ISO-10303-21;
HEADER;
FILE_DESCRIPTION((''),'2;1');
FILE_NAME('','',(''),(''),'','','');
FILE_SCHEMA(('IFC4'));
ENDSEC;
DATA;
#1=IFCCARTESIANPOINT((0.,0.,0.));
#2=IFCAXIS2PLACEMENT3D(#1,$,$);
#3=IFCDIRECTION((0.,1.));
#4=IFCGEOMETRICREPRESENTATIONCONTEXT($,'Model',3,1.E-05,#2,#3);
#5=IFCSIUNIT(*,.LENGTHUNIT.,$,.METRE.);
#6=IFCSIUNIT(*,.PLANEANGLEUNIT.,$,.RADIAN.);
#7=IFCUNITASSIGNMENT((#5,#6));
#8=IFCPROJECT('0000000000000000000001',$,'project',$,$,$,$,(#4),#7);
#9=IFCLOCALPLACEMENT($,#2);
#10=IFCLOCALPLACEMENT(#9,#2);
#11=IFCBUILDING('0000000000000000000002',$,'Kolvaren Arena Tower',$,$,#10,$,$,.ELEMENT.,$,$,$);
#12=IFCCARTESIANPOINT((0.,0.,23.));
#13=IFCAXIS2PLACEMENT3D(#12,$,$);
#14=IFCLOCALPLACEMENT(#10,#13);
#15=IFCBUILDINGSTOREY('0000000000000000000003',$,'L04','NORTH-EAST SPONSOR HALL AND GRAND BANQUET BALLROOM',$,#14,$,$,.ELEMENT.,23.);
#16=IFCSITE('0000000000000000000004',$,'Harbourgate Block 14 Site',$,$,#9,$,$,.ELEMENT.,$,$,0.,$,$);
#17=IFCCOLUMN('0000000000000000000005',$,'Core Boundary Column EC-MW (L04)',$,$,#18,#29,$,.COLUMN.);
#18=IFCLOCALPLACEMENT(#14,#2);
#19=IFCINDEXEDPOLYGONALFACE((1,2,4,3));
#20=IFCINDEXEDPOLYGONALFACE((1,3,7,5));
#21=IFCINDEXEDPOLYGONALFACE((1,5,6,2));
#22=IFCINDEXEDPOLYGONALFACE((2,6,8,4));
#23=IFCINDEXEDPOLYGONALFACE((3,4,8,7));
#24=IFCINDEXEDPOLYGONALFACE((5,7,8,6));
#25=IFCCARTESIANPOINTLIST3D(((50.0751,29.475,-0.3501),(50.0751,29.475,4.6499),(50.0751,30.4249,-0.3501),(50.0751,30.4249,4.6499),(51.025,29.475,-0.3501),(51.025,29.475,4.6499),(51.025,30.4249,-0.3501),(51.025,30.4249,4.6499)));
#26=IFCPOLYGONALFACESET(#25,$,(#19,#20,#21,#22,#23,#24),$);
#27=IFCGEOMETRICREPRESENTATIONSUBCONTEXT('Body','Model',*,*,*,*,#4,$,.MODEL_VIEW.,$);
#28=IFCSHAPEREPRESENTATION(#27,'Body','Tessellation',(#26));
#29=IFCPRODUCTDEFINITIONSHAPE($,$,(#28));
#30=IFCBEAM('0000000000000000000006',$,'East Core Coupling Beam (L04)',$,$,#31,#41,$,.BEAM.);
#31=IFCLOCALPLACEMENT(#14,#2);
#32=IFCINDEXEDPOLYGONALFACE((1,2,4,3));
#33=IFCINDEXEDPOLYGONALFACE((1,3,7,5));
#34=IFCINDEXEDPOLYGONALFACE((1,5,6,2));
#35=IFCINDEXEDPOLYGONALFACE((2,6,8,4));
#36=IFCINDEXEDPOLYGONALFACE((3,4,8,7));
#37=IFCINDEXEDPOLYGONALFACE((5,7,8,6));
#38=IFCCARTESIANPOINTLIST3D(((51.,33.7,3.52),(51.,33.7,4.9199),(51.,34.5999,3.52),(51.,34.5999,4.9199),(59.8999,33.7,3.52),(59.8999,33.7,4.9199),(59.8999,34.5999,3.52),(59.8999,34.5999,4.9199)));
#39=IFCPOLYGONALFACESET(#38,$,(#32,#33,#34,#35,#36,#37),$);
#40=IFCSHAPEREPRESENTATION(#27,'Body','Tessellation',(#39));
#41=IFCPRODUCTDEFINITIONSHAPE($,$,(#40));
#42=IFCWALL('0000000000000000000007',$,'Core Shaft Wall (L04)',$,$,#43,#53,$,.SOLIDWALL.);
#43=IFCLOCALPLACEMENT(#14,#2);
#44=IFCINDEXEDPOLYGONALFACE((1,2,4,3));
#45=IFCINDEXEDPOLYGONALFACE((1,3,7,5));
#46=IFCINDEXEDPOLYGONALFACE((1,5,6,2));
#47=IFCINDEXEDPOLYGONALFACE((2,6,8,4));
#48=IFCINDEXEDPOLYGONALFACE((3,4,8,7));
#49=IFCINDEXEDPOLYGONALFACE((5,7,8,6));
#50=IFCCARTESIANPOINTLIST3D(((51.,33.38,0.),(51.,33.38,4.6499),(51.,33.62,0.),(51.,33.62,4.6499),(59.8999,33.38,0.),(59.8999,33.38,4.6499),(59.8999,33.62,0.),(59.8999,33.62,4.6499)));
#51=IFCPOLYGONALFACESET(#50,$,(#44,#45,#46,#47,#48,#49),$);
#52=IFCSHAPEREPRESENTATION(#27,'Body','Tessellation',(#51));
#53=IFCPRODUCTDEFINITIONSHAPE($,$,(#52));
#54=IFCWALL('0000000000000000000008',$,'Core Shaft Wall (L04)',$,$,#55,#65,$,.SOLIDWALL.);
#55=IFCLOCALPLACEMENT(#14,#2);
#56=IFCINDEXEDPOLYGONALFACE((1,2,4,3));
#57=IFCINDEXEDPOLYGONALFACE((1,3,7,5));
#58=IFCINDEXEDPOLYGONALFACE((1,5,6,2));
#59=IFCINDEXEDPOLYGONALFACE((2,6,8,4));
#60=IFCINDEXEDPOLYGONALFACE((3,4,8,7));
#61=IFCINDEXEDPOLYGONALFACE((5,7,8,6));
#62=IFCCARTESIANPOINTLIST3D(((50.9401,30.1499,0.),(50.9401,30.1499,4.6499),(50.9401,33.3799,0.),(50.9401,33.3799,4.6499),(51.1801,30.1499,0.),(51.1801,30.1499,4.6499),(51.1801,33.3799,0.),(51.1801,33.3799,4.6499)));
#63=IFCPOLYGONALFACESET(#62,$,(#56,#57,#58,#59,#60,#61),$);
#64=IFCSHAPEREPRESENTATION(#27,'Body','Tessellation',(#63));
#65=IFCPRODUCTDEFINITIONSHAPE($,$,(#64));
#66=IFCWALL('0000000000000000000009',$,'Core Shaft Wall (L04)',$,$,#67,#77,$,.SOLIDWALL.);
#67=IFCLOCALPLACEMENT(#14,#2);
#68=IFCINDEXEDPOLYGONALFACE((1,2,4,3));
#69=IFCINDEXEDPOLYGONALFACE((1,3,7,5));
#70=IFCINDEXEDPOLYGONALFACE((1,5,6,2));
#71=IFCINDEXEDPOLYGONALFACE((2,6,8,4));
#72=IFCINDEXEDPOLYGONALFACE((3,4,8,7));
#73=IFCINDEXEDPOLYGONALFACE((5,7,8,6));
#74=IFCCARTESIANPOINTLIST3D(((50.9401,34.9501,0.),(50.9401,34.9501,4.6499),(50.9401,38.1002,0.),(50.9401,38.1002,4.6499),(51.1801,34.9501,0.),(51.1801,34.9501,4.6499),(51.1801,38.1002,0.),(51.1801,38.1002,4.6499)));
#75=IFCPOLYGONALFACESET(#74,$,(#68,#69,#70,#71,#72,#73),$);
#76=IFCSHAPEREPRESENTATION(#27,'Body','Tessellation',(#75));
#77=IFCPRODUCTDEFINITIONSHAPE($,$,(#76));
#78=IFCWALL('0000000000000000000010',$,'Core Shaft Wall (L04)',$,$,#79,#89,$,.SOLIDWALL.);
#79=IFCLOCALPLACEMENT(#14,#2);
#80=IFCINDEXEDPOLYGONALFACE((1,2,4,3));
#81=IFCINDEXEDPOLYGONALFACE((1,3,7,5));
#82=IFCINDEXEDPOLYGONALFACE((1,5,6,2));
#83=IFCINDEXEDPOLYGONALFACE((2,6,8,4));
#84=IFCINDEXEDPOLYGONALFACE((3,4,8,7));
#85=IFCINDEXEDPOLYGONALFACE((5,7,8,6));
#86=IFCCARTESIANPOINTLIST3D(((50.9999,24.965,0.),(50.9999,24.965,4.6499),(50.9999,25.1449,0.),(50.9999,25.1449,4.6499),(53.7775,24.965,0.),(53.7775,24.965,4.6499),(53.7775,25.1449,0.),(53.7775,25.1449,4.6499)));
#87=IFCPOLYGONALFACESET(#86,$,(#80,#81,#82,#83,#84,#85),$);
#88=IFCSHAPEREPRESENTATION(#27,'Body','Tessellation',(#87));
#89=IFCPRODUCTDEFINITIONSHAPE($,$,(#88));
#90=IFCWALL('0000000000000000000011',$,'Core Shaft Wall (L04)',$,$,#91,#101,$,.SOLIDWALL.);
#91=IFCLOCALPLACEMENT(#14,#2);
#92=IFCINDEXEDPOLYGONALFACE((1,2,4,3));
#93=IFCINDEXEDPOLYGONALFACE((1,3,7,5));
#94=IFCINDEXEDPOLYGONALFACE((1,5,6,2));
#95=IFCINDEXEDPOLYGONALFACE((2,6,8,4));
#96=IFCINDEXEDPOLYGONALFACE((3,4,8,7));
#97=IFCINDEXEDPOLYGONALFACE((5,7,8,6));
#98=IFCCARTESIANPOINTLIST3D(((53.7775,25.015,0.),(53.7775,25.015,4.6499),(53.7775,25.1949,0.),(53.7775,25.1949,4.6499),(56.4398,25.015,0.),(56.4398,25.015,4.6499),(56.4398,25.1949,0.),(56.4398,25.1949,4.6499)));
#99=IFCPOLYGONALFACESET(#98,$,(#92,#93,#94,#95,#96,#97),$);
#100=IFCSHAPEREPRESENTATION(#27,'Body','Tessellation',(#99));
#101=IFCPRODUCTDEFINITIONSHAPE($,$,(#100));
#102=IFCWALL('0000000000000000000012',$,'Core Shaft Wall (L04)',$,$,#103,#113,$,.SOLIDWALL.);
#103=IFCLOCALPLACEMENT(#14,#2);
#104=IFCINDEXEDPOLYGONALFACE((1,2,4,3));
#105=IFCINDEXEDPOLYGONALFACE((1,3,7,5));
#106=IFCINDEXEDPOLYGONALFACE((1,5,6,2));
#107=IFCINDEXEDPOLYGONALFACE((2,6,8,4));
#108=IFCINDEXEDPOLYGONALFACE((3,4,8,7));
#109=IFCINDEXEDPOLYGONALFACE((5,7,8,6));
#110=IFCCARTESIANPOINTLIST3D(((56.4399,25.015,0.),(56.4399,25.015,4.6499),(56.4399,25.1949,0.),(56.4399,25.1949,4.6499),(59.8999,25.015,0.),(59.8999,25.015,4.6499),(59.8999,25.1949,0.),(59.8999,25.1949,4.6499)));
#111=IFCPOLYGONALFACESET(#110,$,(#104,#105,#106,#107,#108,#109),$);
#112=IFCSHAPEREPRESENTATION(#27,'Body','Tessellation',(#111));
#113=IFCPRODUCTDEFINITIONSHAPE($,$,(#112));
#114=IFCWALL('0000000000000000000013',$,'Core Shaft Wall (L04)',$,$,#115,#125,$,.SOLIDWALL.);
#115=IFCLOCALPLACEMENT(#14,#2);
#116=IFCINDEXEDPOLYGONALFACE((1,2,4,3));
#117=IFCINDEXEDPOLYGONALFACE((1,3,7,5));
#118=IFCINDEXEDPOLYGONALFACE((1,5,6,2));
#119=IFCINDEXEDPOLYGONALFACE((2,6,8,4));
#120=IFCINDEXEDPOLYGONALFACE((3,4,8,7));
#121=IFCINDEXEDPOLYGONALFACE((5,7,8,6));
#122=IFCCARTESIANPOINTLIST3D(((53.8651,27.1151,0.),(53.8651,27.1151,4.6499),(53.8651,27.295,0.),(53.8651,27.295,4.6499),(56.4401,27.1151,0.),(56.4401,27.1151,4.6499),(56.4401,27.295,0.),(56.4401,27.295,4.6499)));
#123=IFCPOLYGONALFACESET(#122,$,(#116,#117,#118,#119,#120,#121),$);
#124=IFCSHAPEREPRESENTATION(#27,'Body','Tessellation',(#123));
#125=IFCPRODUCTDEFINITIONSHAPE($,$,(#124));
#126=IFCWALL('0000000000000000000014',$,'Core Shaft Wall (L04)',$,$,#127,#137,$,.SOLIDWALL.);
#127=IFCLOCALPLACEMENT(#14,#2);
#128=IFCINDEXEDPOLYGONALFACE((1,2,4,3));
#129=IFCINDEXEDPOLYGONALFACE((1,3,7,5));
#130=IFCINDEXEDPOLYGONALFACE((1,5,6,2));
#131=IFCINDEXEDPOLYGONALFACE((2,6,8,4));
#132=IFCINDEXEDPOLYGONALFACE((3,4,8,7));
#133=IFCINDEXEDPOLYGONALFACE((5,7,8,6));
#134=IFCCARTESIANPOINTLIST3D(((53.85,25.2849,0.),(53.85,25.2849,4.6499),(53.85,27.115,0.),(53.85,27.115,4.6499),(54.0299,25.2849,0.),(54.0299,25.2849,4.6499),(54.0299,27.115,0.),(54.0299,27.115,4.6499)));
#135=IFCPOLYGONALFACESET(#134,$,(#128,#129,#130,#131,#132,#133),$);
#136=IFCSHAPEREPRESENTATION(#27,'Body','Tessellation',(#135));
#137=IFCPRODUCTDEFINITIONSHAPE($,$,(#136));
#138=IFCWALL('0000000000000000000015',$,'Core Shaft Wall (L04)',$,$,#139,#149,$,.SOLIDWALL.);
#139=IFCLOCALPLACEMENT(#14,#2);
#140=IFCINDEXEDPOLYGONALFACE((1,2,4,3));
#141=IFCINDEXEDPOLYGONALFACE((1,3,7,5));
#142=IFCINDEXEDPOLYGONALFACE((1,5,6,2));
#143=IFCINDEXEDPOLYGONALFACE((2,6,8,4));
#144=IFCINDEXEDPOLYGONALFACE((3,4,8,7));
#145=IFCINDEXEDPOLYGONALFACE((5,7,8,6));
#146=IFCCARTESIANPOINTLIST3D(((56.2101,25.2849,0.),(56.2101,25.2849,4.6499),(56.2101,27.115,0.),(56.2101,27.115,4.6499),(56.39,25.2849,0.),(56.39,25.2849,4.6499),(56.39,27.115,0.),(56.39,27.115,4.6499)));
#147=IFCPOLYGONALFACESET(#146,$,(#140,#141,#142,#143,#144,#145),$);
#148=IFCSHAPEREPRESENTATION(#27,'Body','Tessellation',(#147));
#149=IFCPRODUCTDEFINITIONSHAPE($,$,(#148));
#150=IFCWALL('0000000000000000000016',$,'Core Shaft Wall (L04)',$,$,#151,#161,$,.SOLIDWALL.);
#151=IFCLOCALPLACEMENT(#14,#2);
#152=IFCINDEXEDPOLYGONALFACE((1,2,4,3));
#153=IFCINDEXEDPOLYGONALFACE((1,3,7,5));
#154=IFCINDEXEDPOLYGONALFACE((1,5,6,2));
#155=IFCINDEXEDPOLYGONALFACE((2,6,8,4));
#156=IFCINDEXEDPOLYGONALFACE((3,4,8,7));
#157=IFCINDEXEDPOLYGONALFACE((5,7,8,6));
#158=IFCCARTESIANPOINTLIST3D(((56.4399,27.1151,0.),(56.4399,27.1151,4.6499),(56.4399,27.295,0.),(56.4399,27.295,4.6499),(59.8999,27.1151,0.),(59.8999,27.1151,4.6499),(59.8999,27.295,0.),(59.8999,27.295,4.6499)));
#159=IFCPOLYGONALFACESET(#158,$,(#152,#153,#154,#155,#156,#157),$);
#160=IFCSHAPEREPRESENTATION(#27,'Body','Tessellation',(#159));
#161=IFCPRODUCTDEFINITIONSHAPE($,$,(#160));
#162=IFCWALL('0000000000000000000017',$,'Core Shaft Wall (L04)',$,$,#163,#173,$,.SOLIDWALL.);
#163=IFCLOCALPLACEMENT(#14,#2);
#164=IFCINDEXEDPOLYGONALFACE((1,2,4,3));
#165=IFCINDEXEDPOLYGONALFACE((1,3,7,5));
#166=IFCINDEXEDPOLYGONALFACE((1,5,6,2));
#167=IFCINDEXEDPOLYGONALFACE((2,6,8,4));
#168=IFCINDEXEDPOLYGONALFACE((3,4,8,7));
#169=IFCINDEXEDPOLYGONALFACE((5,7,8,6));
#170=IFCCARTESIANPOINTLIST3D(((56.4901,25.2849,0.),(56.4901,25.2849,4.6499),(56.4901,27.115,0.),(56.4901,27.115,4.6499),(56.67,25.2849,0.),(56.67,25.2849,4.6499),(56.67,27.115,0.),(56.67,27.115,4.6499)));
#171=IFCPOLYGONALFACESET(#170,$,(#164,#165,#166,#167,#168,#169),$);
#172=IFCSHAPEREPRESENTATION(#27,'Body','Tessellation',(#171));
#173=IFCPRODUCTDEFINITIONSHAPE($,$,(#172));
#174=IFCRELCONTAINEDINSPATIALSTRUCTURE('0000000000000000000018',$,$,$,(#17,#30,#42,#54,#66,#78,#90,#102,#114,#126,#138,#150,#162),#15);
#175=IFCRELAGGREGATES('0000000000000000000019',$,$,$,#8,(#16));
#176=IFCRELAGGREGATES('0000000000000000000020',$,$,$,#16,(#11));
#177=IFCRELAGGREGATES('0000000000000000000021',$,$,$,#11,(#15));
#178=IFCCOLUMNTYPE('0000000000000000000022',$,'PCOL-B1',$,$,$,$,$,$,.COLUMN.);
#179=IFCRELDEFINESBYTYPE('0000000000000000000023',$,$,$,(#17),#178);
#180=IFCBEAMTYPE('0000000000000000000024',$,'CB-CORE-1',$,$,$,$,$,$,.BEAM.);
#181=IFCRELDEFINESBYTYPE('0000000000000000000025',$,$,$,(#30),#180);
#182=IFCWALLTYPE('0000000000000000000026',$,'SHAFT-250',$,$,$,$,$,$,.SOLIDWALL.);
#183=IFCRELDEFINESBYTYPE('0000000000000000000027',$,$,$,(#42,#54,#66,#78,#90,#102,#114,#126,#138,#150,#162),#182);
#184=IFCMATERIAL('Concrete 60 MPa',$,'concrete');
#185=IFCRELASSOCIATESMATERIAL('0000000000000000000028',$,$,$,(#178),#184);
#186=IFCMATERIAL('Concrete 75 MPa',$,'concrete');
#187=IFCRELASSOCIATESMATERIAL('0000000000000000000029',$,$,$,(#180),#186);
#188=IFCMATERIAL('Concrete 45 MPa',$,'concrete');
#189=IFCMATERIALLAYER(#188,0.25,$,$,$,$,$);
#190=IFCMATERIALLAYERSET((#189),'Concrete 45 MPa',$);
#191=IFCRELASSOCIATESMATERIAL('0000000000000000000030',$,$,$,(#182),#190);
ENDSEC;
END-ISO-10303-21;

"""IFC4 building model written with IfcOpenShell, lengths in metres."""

from ifc_helpers import new_model, si_unit, direction, frame, frame_2d, origin, origin_2d, place, context, subcontext, project, spatial, rectangle, extrude, material, layer, layer_set, material_profile, profile_set, type_object, element, save


model = new_model("IFC4")

# Units and contexts
model_context = context("Model", 3, precision=1e-05, world=origin(), true_north=direction((0.0, 1.0)))
body_context = subcontext(model_context, "Body", "Model", "MODEL_VIEW")
ifc_project = project(units=[si_unit("LENGTHUNIT", "METRE"), si_unit("PLANEANGLEUNIT", "RADIAN")], contexts=[model_context])

# Site, building, storey
site_placement = place(None, origin())
site = spatial("IfcSite", under=ifc_project, at=site_placement, Name="Harbourgate Block 14 Site", CompositionType="ELEMENT", RefElevation=0.0)
building_placement = place(site_placement, origin())
building = spatial("IfcBuilding", under=site, at=building_placement, Name="Kolvaren Arena Tower", CompositionType="ELEMENT")
storey_placement = place(building_placement, frame((0.0, 0.0, 23.0)))
storey = spatial("IfcBuildingStorey", under=building, at=storey_placement, Name="L04", Description="NORTH-EAST SPONSOR HALL AND GRAND BANQUET BALLROOM", CompositionType="ELEMENT", Elevation=23.0)

# Column
ifc_material_1 = material(Name="Concrete 60 MPa", Category="concrete")
ifc_material_profile_1 = material_profile(ifc_material_1, rectangle(XDim=0.95, YDim=0.95, at=origin_2d()), Name="RC-950x950")
ifc_profile_set_1 = profile_set([ifc_material_profile_1], Name="Concrete 60 MPa")
column_type = type_object("IfcColumnType", Name="PCOL-B1", PredefinedType="COLUMN", material=ifc_profile_set_1)
column_placement = place(storey_placement, frame((50.55, 29.95, -0.3501), z_axis=(0.0, 0.0, 1.0), x_axis=(1.0, 0.0, 0.0)))
element("IfcColumn", 1, at=column_placement, inside=storey, type_object=column_type, Name="Core Boundary Column EC-MW (L04)", PredefinedType="COLUMN", context=body_context, shape_type="SweptSolid", body=[
    extrude(rectangle(XDim=0.95, YDim=0.95, at=origin_2d()), origin(), (0.0, 0.0, 1.0), 5.0),
])

# Beam
ifc_material_2 = material(Name="Concrete 75 MPa", Category="concrete")
ifc_material_profile_2 = material_profile(ifc_material_2, rectangle(XDim=0.8999, YDim=1.3999, at=origin_2d()), Name="RC-900x1400")
ifc_profile_set_2 = profile_set([ifc_material_profile_2], Name="Concrete 75 MPa")
beam_type = type_object("IfcBeamType", Name="CB-CORE-1", PredefinedType="BEAM", material=ifc_profile_set_2)
beam_placement = place(storey_placement, frame((51.0, 34.1499, 4.22), z_axis=(1.0, 0.0, 0.0), x_axis=(0.0, 1.0, 0.0)))
element("IfcBeam", 2, at=beam_placement, inside=storey, type_object=beam_type, Name="East Core Coupling Beam (L04)", PredefinedType="BEAM", context=body_context, shape_type="SweptSolid", body=[
    extrude(rectangle(XDim=0.8999, YDim=1.3999, at=origin_2d()), origin(), (0.0, 0.0, 1.0), 8.8999),
])

# Walls
ifc_material_3 = material(Name="Concrete 45 MPa", Category="concrete")
ifc_layer = layer(ifc_material_3, 0.25)
ifc_layer_set = layer_set([ifc_layer], Name="Concrete 45 MPa")
wall_type = type_object("IfcWallType", Name="SHAFT-250", PredefinedType="SOLIDWALL", material=ifc_layer_set)
wall_1_placement = place(storey_placement, frame((51.0, 33.5, 0.0), z_axis=(0.0, 0.0, 1.0), x_axis=(1.0, 0.0, 0.0)))
element("IfcWall", 3, at=wall_1_placement, inside=storey, type_object=wall_type, Name="Core Shaft Wall (L04)", PredefinedType="SOLIDWALL", context=body_context, shape_type="SweptSolid", body=[
    extrude(rectangle(XDim=8.8999, YDim=0.24, at=frame_2d((4.45, 0.0))), origin(), (0.0, 0.0, 1.0), 4.6499),
])
wall_2_placement = place(storey_placement, frame((51.0601, 30.1499, 0.0), z_axis=(0.0, 0.0, 1.0), x_axis=(0.0, 1.0, 0.0)))
element("IfcWall", 4, at=wall_2_placement, inside=storey, type_object=wall_type, Name="Core Shaft Wall (L04)", PredefinedType="SOLIDWALL", context=body_context, shape_type="SweptSolid", body=[
    extrude(rectangle(XDim=3.23, YDim=0.24, at=frame_2d((1.615, 0.0))), origin(), (0.0, 0.0, 1.0), 4.6499),
])
wall_3_placement = place(storey_placement, frame((51.0601, 34.95, 0.0), z_axis=(0.0, 0.0, 1.0), x_axis=(0.0, 1.0, 0.0)))
element("IfcWall", 5, at=wall_3_placement, inside=storey, type_object=wall_type, Name="Core Shaft Wall (L04)", PredefinedType="SOLIDWALL", context=body_context, shape_type="SweptSolid", body=[
    extrude(rectangle(XDim=3.1501, YDim=0.24, at=frame_2d((1.5752, 0.0))), origin(), (0.0, 0.0, 1.0), 4.6499),
])
wall_4_placement = place(storey_placement, frame((51.0, 25.0549, 0.0), z_axis=(0.0, 0.0, 1.0), x_axis=(1.0, 0.0, 0.0)))
element("IfcWall", 6, at=wall_4_placement, inside=storey, type_object=wall_type, Name="Core Shaft Wall (L04)", PredefinedType="SOLIDWALL", context=body_context, shape_type="SweptSolid", body=[
    extrude(rectangle(XDim=2.7776, YDim=0.1799, at=frame_2d((1.3887, 0.0))), origin(), (0.0, 0.0, 1.0), 4.6499),
])
wall_5_placement = place(storey_placement, frame((53.7776, 25.105, 0.0), z_axis=(0.0, 0.0, 1.0), x_axis=(1.0, 0.0, 0.0)))
element("IfcWall", 7, at=wall_5_placement, inside=storey, type_object=wall_type, Name="Core Shaft Wall (L04)", PredefinedType="SOLIDWALL", context=body_context, shape_type="SweptSolid", body=[
    extrude(rectangle(XDim=2.6624, YDim=0.1799, at=frame_2d((1.3311, 0.0))), origin(), (0.0, 0.0, 1.0), 4.6499),
])
wall_6_placement = place(storey_placement, frame((56.4399, 25.105, 0.0), z_axis=(0.0, 0.0, 1.0), x_axis=(1.0, 0.0, 0.0)))
element("IfcWall", 8, at=wall_6_placement, inside=storey, type_object=wall_type, Name="Core Shaft Wall (L04)", PredefinedType="SOLIDWALL", context=body_context, shape_type="SweptSolid", body=[
    extrude(rectangle(XDim=3.46, YDim=0.1799, at=frame_2d((1.73, 0.0))), origin(), (0.0, 0.0, 1.0), 4.6499),
])
wall_7_placement = place(storey_placement, frame((53.865, 27.2051, 0.0), z_axis=(0.0, 0.0, 1.0), x_axis=(1.0, 0.0, 0.0)))
element("IfcWall", 9, at=wall_7_placement, inside=storey, type_object=wall_type, Name="Core Shaft Wall (L04)", PredefinedType="SOLIDWALL", context=body_context, shape_type="SweptSolid", body=[
    extrude(rectangle(XDim=2.575, YDim=0.1799, at=frame_2d((1.2876, 0.0))), origin(), (0.0, 0.0, 1.0), 4.6499),
])
for number, where, z_axis, x_axis, name in (
    (10, (53.9399, 25.2849, 0.0), (0.0, 0.0, 1.0), (0.0, 1.0, 0.0), "Core Shaft Wall (L04)"),
    (11, (56.3, 25.2849, 0.0), (0.0, 0.0, 1.0), (0.0, 1.0, 0.0), "Core Shaft Wall (L04)"),
):
    element("IfcWall", number, at=place(storey_placement, frame(where, z_axis=z_axis, x_axis=x_axis)), inside=storey, type_object=wall_type, Name=name, PredefinedType="SOLIDWALL", context=body_context, shape_type="SweptSolid", body=[
        extrude(rectangle(XDim=1.8301, YDim=0.1799, at=frame_2d((0.915, 0.0))), origin(), (0.0, 0.0, 1.0), 4.6499),
    ])
wall_8_placement = place(storey_placement, frame((56.4399, 27.2051, 0.0), z_axis=(0.0, 0.0, 1.0), x_axis=(1.0, 0.0, 0.0)))
element("IfcWall", 12, at=wall_8_placement, inside=storey, type_object=wall_type, Name="Core Shaft Wall (L04)", PredefinedType="SOLIDWALL", context=body_context, shape_type="SweptSolid", body=[
    extrude(rectangle(XDim=3.46, YDim=0.1799, at=frame_2d((1.73, 0.0))), origin(), (0.0, 0.0, 1.0), 4.6499),
])
wall_9_placement = place(storey_placement, frame((56.5801, 25.2849, 0.0), z_axis=(0.0, 0.0, 1.0), x_axis=(0.0, 1.0, 0.0)))
element("IfcWall", 13, at=wall_9_placement, inside=storey, type_object=wall_type, Name="Core Shaft Wall (L04)", PredefinedType="SOLIDWALL", context=body_context, shape_type="SweptSolid", body=[
    extrude(rectangle(XDim=1.8301, YDim=0.1799, at=frame_2d((0.915, 0.0))), origin(), (0.0, 0.0, 1.0), 4.6499),
])

save(model, "model.ifc")
